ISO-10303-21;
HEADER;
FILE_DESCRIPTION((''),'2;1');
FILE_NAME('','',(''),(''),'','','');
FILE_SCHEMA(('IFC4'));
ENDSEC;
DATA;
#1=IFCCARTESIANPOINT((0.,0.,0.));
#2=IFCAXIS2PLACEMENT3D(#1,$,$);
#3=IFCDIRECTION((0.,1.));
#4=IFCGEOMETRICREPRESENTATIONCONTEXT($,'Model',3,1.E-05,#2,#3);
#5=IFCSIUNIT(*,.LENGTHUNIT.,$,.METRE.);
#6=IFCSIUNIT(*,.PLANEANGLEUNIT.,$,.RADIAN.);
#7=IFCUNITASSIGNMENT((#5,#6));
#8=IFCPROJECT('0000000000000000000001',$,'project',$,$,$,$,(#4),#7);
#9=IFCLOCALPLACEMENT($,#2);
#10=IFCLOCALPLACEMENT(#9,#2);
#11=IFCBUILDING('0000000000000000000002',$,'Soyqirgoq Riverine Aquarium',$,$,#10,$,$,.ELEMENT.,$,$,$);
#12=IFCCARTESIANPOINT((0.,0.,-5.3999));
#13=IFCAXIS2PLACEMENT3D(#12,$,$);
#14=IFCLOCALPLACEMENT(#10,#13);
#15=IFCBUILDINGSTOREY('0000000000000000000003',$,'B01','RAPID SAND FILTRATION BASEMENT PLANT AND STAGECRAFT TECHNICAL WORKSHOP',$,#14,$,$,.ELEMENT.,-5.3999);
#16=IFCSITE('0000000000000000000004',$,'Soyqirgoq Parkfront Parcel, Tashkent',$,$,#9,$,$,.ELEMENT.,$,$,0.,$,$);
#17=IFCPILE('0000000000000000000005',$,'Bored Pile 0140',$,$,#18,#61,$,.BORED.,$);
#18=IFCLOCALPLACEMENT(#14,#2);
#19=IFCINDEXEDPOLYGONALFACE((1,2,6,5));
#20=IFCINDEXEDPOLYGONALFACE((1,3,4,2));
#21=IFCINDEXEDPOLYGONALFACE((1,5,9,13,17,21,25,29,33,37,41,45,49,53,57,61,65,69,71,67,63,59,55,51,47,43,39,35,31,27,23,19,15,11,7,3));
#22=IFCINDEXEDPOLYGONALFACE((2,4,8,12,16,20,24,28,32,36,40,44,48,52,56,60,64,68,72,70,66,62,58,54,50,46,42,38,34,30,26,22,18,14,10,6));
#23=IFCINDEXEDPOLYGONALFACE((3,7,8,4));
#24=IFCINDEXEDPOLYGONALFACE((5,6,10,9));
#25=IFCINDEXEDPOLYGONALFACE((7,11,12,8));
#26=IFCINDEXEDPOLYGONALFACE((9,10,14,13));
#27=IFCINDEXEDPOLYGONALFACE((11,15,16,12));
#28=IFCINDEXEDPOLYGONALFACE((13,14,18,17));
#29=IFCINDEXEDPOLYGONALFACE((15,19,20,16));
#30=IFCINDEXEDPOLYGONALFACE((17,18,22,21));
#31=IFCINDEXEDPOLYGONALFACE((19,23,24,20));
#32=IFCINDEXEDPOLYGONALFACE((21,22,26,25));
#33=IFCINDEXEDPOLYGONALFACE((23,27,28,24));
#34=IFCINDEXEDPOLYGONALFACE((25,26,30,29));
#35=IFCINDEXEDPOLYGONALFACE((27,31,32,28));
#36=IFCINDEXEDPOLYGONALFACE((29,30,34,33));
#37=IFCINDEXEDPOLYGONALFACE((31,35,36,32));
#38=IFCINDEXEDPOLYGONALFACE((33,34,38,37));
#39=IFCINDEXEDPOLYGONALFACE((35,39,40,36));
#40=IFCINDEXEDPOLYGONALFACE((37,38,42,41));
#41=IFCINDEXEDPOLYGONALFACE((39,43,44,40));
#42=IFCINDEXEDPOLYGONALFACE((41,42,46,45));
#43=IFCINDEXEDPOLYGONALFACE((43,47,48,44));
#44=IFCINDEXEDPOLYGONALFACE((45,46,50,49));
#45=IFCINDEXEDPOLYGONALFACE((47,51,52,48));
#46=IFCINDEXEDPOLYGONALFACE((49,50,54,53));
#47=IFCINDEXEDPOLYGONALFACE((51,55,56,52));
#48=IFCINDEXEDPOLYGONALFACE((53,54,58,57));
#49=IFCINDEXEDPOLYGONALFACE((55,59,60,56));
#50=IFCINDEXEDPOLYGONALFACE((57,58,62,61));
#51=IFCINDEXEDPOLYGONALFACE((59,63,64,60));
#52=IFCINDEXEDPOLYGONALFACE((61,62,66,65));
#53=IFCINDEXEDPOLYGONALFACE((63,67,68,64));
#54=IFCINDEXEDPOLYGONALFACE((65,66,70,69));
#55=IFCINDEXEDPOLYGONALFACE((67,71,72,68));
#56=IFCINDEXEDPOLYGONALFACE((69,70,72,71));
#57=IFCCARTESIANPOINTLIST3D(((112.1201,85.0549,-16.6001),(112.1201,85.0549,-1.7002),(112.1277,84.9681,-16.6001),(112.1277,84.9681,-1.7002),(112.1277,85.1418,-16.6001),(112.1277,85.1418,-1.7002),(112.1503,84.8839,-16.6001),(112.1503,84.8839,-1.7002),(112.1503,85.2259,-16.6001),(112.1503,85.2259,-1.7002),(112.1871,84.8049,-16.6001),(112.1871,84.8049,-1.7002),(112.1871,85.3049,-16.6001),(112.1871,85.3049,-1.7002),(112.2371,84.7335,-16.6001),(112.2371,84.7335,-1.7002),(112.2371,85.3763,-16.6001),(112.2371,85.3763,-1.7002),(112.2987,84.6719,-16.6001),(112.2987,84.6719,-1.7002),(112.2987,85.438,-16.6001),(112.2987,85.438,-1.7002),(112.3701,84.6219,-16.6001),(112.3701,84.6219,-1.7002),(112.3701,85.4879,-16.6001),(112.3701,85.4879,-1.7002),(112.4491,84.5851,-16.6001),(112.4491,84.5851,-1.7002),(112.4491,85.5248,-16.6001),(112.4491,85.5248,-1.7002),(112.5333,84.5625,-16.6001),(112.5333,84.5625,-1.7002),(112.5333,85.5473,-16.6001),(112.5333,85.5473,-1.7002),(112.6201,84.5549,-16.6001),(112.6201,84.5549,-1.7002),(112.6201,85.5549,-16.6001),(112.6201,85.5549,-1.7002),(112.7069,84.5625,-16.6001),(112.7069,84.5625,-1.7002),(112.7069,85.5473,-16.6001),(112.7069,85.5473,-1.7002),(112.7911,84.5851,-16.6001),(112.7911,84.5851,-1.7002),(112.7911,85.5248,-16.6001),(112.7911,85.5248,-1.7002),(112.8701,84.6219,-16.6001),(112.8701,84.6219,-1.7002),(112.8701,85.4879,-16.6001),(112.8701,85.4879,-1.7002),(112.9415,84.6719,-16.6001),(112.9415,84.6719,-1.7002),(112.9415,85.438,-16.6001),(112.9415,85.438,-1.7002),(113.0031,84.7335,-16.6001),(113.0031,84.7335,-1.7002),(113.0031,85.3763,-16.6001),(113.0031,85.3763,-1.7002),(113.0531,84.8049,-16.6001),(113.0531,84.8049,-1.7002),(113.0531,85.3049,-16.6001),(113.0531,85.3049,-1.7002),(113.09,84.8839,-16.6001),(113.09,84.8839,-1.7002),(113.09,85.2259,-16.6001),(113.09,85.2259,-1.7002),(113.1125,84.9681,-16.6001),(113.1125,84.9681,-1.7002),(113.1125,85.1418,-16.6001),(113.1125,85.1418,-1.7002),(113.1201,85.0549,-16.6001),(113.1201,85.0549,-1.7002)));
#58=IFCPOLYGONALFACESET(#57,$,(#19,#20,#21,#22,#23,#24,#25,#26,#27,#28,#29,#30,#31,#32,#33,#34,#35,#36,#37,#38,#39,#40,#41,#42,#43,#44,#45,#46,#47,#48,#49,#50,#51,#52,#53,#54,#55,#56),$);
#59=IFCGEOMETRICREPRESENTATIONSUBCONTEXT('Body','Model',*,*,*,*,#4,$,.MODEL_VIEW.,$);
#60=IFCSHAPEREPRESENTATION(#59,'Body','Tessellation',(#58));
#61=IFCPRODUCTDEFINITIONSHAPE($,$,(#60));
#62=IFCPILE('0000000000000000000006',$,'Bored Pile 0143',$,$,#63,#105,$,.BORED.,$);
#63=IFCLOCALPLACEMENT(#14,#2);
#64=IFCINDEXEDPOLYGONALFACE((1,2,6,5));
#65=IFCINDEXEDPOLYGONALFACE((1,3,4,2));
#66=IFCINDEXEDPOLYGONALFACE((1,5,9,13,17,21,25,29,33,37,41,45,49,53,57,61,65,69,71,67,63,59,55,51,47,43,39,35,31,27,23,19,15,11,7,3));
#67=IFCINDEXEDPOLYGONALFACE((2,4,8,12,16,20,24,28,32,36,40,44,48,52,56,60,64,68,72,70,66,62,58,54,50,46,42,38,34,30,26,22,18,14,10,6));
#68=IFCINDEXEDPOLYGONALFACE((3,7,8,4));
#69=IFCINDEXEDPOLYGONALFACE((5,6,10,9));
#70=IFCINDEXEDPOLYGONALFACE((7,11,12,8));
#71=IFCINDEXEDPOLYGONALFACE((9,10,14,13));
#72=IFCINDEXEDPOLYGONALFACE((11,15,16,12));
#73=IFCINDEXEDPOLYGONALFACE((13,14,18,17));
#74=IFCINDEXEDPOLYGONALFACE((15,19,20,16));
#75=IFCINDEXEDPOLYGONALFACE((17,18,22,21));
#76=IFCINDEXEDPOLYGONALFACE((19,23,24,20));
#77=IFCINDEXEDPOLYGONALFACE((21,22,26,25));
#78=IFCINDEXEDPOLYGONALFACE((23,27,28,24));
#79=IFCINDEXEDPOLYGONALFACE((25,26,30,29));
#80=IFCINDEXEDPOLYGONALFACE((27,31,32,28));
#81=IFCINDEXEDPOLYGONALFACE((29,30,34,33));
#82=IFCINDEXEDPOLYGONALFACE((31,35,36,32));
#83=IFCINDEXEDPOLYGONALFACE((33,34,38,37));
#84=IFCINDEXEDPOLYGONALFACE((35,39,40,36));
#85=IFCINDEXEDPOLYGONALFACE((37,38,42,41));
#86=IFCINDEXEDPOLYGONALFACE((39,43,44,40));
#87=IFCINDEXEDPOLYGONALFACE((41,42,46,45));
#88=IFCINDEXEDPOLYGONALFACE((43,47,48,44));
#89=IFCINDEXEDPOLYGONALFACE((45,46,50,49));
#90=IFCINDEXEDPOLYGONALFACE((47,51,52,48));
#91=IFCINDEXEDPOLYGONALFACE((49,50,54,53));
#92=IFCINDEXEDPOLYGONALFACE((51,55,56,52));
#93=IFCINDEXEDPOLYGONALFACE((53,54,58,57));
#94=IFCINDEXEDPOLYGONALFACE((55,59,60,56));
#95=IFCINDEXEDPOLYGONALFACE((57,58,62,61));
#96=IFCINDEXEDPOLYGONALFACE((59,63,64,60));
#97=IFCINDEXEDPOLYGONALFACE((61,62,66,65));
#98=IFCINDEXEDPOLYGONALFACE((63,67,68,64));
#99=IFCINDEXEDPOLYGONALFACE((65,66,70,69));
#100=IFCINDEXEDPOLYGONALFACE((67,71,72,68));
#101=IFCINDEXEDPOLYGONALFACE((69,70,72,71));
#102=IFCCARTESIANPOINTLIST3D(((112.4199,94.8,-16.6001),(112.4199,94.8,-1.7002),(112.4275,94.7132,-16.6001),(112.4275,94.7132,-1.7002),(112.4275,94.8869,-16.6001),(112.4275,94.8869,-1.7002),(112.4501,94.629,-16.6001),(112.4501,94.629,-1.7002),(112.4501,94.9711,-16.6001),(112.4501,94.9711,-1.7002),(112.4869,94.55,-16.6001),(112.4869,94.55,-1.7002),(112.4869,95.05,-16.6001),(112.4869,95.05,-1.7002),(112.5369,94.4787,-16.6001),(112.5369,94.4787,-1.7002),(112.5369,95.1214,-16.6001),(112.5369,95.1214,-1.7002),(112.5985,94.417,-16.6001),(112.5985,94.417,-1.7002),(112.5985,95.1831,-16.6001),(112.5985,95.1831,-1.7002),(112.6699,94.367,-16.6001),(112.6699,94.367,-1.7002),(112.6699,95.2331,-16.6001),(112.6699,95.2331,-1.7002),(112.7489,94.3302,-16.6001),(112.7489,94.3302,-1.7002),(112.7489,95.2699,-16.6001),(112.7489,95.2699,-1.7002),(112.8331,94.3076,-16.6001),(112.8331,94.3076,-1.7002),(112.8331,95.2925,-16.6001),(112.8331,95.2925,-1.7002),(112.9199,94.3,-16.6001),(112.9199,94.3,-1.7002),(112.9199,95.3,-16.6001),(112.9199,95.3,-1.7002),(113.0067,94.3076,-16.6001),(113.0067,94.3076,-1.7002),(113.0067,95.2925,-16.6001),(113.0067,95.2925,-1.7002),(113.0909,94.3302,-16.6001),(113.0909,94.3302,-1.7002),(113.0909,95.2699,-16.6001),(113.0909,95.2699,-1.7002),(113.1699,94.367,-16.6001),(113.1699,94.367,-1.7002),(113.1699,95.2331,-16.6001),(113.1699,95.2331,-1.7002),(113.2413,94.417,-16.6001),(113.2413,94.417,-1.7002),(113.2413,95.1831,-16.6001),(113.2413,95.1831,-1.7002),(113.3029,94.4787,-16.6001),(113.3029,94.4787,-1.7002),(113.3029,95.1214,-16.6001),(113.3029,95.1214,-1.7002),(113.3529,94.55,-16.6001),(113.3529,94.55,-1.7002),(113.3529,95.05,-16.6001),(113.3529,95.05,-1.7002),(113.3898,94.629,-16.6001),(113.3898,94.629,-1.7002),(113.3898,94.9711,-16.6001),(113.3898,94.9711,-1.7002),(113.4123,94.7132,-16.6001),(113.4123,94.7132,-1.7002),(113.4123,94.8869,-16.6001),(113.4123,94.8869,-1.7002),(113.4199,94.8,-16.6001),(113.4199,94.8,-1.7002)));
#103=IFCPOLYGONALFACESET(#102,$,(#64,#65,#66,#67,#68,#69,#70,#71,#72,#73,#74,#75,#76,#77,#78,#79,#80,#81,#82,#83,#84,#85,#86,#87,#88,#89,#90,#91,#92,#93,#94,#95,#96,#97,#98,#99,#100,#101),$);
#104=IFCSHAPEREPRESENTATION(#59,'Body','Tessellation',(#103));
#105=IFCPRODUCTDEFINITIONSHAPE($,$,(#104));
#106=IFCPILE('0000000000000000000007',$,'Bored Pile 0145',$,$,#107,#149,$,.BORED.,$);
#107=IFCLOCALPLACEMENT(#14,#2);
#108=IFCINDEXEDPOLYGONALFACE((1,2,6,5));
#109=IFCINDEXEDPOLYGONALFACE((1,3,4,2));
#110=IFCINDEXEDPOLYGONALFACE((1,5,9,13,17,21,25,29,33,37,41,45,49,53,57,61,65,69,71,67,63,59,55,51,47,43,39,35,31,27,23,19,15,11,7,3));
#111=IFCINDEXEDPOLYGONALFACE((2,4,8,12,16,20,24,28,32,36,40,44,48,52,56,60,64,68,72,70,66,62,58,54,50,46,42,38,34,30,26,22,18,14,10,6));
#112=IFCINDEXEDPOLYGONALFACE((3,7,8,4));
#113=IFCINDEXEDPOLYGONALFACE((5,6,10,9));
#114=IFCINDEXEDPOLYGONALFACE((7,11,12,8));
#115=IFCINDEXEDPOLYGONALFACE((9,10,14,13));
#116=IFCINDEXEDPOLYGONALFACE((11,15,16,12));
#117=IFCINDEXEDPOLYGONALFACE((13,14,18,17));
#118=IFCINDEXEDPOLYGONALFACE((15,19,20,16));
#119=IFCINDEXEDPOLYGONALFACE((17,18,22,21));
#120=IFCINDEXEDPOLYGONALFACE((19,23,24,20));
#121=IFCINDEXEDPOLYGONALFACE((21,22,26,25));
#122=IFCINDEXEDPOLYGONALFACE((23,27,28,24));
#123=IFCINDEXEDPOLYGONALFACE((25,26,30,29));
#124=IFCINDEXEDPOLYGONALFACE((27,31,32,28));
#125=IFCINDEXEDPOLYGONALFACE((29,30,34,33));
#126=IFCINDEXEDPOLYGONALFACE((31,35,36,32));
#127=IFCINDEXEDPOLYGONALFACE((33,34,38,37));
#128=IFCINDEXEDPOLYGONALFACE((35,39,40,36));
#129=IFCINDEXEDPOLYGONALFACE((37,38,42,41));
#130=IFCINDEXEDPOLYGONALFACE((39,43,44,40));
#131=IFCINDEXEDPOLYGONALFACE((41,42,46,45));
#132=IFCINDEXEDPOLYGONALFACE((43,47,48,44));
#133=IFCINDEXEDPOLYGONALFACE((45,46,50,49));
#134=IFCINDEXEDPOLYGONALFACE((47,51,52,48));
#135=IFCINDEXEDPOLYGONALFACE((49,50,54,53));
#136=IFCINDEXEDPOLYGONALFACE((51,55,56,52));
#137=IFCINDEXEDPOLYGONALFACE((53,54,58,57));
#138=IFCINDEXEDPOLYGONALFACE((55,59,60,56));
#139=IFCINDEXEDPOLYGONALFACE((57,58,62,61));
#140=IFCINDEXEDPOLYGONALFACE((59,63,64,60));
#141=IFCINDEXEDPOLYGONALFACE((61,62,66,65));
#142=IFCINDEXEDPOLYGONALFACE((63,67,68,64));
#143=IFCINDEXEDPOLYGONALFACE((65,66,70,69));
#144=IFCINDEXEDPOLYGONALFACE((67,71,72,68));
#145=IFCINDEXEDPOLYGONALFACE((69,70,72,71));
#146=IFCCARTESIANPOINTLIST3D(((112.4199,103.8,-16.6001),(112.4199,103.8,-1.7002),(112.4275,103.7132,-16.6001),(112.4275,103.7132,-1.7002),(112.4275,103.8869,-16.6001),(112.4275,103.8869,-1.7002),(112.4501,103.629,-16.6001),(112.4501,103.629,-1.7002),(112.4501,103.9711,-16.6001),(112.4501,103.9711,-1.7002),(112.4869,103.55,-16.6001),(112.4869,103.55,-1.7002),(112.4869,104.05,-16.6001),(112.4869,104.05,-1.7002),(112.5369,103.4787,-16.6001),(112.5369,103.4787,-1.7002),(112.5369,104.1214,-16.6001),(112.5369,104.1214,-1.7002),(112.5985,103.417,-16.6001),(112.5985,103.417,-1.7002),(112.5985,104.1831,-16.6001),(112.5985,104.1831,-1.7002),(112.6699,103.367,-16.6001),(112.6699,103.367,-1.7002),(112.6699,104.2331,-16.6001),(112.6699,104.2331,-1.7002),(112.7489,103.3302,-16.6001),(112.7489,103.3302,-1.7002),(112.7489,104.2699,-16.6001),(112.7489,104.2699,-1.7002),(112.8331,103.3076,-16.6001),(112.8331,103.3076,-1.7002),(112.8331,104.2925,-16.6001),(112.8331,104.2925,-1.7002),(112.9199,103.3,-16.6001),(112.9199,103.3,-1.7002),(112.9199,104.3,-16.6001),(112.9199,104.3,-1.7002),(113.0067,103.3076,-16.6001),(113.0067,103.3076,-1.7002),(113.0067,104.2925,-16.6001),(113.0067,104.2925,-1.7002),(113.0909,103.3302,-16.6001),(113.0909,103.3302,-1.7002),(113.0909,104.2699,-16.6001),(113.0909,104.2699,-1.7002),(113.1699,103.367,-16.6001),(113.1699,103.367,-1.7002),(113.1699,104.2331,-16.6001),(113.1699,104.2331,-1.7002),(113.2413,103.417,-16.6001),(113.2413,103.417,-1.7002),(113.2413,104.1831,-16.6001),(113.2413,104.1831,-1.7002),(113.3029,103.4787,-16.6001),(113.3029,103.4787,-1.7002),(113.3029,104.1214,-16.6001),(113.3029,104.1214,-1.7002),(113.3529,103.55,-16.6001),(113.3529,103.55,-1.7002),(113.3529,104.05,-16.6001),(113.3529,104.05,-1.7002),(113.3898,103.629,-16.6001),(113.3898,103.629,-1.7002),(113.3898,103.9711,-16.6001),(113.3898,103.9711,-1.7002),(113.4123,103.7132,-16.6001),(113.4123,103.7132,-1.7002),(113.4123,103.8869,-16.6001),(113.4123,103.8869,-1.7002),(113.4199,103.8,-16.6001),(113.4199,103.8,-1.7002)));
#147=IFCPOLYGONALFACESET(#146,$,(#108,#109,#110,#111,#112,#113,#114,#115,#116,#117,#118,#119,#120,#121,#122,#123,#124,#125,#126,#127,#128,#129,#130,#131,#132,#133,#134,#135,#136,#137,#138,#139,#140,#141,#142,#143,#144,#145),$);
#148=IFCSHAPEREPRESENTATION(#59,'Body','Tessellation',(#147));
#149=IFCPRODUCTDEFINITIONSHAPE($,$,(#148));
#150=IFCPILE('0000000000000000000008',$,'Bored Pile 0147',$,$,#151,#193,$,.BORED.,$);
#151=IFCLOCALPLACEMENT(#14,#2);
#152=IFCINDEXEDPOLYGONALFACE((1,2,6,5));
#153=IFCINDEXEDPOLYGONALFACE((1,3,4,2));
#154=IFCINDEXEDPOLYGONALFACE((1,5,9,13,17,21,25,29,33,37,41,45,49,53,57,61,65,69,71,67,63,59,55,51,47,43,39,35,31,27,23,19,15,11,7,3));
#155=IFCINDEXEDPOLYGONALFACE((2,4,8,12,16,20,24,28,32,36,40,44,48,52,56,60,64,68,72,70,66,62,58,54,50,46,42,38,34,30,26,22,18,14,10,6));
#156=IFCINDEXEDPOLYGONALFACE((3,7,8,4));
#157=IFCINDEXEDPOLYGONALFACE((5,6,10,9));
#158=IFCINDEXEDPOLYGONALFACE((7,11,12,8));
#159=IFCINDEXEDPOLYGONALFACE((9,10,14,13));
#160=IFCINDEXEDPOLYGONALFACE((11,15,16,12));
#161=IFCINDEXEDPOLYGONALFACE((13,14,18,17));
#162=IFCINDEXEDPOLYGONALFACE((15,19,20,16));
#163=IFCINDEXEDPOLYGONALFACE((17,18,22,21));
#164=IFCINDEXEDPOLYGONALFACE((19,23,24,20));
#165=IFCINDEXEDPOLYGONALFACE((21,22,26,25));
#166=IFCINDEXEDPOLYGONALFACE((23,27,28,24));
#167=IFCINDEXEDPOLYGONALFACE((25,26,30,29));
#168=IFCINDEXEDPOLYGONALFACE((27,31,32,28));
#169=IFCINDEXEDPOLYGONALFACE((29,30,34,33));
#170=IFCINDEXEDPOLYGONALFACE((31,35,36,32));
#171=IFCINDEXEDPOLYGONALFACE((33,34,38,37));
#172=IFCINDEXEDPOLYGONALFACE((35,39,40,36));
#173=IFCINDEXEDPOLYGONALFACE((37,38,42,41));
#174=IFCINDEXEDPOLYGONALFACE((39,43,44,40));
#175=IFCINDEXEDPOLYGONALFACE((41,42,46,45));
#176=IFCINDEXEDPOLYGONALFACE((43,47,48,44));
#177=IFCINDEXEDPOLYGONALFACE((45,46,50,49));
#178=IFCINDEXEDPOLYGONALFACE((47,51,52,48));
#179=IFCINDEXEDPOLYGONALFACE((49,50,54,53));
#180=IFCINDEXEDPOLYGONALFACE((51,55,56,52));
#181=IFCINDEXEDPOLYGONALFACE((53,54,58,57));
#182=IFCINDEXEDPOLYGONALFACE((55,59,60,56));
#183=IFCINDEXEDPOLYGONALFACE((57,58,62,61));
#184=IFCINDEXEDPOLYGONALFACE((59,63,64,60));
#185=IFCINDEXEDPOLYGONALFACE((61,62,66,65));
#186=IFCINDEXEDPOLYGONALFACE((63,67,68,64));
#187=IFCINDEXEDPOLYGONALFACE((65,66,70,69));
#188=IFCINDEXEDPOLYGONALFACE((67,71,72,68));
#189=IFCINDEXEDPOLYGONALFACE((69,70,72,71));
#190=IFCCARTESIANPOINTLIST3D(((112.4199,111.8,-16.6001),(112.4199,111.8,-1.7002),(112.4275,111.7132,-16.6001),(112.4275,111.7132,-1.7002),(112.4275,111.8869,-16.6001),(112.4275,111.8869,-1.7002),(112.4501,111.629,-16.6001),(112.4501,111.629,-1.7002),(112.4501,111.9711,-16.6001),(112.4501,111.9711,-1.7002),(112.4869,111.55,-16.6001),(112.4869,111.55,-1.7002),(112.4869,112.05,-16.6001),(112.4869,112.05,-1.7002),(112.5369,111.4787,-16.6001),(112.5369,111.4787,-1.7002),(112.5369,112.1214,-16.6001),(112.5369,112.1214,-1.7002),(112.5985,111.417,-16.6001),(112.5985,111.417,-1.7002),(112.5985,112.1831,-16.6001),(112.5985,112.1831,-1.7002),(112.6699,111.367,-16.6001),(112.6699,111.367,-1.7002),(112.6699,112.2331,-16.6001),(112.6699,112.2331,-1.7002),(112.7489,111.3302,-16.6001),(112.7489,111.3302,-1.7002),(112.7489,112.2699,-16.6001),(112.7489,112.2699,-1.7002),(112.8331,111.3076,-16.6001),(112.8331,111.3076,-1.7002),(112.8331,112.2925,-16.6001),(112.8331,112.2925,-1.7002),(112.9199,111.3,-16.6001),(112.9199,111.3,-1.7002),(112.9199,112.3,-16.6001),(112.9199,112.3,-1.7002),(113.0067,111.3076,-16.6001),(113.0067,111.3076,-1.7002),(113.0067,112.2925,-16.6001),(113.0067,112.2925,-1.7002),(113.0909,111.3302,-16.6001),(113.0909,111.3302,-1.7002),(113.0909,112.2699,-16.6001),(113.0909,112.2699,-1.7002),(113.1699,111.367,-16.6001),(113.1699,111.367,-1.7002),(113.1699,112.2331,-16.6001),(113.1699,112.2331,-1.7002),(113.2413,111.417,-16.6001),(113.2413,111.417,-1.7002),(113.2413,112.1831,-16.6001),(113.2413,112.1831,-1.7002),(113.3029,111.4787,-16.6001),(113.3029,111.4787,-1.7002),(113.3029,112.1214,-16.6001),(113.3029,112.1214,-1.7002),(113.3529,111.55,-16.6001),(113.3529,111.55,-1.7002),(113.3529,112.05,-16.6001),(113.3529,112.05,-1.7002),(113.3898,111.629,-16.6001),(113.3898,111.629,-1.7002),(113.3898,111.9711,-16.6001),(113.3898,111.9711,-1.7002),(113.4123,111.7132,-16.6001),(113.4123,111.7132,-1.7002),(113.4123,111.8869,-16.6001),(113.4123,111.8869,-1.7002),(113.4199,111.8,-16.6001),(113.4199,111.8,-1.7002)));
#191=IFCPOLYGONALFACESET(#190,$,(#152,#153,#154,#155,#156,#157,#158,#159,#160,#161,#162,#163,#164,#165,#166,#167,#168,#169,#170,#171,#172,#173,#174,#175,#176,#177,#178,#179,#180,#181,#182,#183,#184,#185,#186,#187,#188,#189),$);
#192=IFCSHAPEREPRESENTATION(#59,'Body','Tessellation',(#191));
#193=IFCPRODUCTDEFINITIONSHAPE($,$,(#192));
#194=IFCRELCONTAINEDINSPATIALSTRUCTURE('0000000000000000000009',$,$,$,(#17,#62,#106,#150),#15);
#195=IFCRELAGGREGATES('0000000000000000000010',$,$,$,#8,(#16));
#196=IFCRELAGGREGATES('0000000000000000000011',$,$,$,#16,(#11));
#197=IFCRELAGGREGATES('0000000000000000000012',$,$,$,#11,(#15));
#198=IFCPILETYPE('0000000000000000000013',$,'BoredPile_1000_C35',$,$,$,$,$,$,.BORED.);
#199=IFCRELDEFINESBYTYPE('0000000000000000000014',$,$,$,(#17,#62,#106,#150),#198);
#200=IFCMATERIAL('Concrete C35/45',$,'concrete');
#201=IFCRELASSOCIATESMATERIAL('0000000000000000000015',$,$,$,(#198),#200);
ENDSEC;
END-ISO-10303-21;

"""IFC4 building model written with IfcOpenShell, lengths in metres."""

from ifc_helpers import new_model, si_unit, direction, frame, origin, origin_2d, place, context, subcontext, project, spatial, circle, extrude, material, material_profile, profile_set, type_object, element, save


model = new_model("IFC4")

# Units and contexts
model_context = context("Model", 3, precision=1e-05, world=origin(), true_north=direction((0.0, 1.0)))
body_context = subcontext(model_context, "Body", "Model", "MODEL_VIEW")
ifc_project = project(units=[si_unit("LENGTHUNIT", "METRE"), si_unit("PLANEANGLEUNIT", "RADIAN")], contexts=[model_context])

# Site, building, storey
site_placement = place(None, origin())
site = spatial("IfcSite", under=ifc_project, at=site_placement, Name="Soyqirgoq Parkfront Parcel, Tashkent", CompositionType="ELEMENT", RefElevation=0.0)
building_placement = place(site_placement, origin())
building = spatial("IfcBuilding", under=site, at=building_placement, Name="Soyqirgoq Riverine Aquarium", CompositionType="ELEMENT")
storey_placement = place(building_placement, frame((0.0, 0.0, -5.3999)))
storey = spatial("IfcBuildingStorey", under=building, at=storey_placement, Name="B01", Description="RAPID SAND FILTRATION BASEMENT PLANT AND STAGECRAFT TECHNICAL WORKSHOP", CompositionType="ELEMENT", Elevation=-5.3999)

# Piles
ifc_material_1 = material(Name="Concrete C35/45", Category="concrete")
ifc_material_profile_1 = material_profile(ifc_material_1, circle(Radius=0.5, at=origin_2d()), Name="BP D1000")
ifc_profile_set_1 = profile_set([ifc_material_profile_1], Name="Concrete C35/45")
pile_type_1 = type_object("IfcPileType", Name="BoredPile_1000_C35", PredefinedType="BORED", material=ifc_profile_set_1)
for number, where, z_axis, x_axis, name in (
    (1, (112.6201, 85.0549, -1.7002), (0.0, 0.0, -1.0), (1.0, 0.0, 0.0), "Bored Pile 0140"),
    (2, (112.9199, 94.8, -1.7002), (0.0, 0.0, -1.0), (1.0, 0.0, 0.0), "Bored Pile 0143"),
    (3, (112.9199, 103.8, -1.7002), (0.0, 0.0, -1.0), (1.0, 0.0, 0.0), "Bored Pile 0145"),
    (4, (112.9199, 111.8, -1.7002), (0.0, 0.0, -1.0), (1.0, 0.0, 0.0), "Bored Pile 0147"),
):
    element("IfcPile", number, at=place(storey_placement, frame(where, z_axis=z_axis, x_axis=x_axis)), inside=storey, type_object=pile_type_1, Name=name, PredefinedType="BORED", context=body_context, shape_type="SweptSolid", body=[
        extrude(circle(Radius=0.5, at=origin_2d()), origin(), (0.0, 0.0, 1.0), 14.8999),
    ])

save(model, "model.ifc")
